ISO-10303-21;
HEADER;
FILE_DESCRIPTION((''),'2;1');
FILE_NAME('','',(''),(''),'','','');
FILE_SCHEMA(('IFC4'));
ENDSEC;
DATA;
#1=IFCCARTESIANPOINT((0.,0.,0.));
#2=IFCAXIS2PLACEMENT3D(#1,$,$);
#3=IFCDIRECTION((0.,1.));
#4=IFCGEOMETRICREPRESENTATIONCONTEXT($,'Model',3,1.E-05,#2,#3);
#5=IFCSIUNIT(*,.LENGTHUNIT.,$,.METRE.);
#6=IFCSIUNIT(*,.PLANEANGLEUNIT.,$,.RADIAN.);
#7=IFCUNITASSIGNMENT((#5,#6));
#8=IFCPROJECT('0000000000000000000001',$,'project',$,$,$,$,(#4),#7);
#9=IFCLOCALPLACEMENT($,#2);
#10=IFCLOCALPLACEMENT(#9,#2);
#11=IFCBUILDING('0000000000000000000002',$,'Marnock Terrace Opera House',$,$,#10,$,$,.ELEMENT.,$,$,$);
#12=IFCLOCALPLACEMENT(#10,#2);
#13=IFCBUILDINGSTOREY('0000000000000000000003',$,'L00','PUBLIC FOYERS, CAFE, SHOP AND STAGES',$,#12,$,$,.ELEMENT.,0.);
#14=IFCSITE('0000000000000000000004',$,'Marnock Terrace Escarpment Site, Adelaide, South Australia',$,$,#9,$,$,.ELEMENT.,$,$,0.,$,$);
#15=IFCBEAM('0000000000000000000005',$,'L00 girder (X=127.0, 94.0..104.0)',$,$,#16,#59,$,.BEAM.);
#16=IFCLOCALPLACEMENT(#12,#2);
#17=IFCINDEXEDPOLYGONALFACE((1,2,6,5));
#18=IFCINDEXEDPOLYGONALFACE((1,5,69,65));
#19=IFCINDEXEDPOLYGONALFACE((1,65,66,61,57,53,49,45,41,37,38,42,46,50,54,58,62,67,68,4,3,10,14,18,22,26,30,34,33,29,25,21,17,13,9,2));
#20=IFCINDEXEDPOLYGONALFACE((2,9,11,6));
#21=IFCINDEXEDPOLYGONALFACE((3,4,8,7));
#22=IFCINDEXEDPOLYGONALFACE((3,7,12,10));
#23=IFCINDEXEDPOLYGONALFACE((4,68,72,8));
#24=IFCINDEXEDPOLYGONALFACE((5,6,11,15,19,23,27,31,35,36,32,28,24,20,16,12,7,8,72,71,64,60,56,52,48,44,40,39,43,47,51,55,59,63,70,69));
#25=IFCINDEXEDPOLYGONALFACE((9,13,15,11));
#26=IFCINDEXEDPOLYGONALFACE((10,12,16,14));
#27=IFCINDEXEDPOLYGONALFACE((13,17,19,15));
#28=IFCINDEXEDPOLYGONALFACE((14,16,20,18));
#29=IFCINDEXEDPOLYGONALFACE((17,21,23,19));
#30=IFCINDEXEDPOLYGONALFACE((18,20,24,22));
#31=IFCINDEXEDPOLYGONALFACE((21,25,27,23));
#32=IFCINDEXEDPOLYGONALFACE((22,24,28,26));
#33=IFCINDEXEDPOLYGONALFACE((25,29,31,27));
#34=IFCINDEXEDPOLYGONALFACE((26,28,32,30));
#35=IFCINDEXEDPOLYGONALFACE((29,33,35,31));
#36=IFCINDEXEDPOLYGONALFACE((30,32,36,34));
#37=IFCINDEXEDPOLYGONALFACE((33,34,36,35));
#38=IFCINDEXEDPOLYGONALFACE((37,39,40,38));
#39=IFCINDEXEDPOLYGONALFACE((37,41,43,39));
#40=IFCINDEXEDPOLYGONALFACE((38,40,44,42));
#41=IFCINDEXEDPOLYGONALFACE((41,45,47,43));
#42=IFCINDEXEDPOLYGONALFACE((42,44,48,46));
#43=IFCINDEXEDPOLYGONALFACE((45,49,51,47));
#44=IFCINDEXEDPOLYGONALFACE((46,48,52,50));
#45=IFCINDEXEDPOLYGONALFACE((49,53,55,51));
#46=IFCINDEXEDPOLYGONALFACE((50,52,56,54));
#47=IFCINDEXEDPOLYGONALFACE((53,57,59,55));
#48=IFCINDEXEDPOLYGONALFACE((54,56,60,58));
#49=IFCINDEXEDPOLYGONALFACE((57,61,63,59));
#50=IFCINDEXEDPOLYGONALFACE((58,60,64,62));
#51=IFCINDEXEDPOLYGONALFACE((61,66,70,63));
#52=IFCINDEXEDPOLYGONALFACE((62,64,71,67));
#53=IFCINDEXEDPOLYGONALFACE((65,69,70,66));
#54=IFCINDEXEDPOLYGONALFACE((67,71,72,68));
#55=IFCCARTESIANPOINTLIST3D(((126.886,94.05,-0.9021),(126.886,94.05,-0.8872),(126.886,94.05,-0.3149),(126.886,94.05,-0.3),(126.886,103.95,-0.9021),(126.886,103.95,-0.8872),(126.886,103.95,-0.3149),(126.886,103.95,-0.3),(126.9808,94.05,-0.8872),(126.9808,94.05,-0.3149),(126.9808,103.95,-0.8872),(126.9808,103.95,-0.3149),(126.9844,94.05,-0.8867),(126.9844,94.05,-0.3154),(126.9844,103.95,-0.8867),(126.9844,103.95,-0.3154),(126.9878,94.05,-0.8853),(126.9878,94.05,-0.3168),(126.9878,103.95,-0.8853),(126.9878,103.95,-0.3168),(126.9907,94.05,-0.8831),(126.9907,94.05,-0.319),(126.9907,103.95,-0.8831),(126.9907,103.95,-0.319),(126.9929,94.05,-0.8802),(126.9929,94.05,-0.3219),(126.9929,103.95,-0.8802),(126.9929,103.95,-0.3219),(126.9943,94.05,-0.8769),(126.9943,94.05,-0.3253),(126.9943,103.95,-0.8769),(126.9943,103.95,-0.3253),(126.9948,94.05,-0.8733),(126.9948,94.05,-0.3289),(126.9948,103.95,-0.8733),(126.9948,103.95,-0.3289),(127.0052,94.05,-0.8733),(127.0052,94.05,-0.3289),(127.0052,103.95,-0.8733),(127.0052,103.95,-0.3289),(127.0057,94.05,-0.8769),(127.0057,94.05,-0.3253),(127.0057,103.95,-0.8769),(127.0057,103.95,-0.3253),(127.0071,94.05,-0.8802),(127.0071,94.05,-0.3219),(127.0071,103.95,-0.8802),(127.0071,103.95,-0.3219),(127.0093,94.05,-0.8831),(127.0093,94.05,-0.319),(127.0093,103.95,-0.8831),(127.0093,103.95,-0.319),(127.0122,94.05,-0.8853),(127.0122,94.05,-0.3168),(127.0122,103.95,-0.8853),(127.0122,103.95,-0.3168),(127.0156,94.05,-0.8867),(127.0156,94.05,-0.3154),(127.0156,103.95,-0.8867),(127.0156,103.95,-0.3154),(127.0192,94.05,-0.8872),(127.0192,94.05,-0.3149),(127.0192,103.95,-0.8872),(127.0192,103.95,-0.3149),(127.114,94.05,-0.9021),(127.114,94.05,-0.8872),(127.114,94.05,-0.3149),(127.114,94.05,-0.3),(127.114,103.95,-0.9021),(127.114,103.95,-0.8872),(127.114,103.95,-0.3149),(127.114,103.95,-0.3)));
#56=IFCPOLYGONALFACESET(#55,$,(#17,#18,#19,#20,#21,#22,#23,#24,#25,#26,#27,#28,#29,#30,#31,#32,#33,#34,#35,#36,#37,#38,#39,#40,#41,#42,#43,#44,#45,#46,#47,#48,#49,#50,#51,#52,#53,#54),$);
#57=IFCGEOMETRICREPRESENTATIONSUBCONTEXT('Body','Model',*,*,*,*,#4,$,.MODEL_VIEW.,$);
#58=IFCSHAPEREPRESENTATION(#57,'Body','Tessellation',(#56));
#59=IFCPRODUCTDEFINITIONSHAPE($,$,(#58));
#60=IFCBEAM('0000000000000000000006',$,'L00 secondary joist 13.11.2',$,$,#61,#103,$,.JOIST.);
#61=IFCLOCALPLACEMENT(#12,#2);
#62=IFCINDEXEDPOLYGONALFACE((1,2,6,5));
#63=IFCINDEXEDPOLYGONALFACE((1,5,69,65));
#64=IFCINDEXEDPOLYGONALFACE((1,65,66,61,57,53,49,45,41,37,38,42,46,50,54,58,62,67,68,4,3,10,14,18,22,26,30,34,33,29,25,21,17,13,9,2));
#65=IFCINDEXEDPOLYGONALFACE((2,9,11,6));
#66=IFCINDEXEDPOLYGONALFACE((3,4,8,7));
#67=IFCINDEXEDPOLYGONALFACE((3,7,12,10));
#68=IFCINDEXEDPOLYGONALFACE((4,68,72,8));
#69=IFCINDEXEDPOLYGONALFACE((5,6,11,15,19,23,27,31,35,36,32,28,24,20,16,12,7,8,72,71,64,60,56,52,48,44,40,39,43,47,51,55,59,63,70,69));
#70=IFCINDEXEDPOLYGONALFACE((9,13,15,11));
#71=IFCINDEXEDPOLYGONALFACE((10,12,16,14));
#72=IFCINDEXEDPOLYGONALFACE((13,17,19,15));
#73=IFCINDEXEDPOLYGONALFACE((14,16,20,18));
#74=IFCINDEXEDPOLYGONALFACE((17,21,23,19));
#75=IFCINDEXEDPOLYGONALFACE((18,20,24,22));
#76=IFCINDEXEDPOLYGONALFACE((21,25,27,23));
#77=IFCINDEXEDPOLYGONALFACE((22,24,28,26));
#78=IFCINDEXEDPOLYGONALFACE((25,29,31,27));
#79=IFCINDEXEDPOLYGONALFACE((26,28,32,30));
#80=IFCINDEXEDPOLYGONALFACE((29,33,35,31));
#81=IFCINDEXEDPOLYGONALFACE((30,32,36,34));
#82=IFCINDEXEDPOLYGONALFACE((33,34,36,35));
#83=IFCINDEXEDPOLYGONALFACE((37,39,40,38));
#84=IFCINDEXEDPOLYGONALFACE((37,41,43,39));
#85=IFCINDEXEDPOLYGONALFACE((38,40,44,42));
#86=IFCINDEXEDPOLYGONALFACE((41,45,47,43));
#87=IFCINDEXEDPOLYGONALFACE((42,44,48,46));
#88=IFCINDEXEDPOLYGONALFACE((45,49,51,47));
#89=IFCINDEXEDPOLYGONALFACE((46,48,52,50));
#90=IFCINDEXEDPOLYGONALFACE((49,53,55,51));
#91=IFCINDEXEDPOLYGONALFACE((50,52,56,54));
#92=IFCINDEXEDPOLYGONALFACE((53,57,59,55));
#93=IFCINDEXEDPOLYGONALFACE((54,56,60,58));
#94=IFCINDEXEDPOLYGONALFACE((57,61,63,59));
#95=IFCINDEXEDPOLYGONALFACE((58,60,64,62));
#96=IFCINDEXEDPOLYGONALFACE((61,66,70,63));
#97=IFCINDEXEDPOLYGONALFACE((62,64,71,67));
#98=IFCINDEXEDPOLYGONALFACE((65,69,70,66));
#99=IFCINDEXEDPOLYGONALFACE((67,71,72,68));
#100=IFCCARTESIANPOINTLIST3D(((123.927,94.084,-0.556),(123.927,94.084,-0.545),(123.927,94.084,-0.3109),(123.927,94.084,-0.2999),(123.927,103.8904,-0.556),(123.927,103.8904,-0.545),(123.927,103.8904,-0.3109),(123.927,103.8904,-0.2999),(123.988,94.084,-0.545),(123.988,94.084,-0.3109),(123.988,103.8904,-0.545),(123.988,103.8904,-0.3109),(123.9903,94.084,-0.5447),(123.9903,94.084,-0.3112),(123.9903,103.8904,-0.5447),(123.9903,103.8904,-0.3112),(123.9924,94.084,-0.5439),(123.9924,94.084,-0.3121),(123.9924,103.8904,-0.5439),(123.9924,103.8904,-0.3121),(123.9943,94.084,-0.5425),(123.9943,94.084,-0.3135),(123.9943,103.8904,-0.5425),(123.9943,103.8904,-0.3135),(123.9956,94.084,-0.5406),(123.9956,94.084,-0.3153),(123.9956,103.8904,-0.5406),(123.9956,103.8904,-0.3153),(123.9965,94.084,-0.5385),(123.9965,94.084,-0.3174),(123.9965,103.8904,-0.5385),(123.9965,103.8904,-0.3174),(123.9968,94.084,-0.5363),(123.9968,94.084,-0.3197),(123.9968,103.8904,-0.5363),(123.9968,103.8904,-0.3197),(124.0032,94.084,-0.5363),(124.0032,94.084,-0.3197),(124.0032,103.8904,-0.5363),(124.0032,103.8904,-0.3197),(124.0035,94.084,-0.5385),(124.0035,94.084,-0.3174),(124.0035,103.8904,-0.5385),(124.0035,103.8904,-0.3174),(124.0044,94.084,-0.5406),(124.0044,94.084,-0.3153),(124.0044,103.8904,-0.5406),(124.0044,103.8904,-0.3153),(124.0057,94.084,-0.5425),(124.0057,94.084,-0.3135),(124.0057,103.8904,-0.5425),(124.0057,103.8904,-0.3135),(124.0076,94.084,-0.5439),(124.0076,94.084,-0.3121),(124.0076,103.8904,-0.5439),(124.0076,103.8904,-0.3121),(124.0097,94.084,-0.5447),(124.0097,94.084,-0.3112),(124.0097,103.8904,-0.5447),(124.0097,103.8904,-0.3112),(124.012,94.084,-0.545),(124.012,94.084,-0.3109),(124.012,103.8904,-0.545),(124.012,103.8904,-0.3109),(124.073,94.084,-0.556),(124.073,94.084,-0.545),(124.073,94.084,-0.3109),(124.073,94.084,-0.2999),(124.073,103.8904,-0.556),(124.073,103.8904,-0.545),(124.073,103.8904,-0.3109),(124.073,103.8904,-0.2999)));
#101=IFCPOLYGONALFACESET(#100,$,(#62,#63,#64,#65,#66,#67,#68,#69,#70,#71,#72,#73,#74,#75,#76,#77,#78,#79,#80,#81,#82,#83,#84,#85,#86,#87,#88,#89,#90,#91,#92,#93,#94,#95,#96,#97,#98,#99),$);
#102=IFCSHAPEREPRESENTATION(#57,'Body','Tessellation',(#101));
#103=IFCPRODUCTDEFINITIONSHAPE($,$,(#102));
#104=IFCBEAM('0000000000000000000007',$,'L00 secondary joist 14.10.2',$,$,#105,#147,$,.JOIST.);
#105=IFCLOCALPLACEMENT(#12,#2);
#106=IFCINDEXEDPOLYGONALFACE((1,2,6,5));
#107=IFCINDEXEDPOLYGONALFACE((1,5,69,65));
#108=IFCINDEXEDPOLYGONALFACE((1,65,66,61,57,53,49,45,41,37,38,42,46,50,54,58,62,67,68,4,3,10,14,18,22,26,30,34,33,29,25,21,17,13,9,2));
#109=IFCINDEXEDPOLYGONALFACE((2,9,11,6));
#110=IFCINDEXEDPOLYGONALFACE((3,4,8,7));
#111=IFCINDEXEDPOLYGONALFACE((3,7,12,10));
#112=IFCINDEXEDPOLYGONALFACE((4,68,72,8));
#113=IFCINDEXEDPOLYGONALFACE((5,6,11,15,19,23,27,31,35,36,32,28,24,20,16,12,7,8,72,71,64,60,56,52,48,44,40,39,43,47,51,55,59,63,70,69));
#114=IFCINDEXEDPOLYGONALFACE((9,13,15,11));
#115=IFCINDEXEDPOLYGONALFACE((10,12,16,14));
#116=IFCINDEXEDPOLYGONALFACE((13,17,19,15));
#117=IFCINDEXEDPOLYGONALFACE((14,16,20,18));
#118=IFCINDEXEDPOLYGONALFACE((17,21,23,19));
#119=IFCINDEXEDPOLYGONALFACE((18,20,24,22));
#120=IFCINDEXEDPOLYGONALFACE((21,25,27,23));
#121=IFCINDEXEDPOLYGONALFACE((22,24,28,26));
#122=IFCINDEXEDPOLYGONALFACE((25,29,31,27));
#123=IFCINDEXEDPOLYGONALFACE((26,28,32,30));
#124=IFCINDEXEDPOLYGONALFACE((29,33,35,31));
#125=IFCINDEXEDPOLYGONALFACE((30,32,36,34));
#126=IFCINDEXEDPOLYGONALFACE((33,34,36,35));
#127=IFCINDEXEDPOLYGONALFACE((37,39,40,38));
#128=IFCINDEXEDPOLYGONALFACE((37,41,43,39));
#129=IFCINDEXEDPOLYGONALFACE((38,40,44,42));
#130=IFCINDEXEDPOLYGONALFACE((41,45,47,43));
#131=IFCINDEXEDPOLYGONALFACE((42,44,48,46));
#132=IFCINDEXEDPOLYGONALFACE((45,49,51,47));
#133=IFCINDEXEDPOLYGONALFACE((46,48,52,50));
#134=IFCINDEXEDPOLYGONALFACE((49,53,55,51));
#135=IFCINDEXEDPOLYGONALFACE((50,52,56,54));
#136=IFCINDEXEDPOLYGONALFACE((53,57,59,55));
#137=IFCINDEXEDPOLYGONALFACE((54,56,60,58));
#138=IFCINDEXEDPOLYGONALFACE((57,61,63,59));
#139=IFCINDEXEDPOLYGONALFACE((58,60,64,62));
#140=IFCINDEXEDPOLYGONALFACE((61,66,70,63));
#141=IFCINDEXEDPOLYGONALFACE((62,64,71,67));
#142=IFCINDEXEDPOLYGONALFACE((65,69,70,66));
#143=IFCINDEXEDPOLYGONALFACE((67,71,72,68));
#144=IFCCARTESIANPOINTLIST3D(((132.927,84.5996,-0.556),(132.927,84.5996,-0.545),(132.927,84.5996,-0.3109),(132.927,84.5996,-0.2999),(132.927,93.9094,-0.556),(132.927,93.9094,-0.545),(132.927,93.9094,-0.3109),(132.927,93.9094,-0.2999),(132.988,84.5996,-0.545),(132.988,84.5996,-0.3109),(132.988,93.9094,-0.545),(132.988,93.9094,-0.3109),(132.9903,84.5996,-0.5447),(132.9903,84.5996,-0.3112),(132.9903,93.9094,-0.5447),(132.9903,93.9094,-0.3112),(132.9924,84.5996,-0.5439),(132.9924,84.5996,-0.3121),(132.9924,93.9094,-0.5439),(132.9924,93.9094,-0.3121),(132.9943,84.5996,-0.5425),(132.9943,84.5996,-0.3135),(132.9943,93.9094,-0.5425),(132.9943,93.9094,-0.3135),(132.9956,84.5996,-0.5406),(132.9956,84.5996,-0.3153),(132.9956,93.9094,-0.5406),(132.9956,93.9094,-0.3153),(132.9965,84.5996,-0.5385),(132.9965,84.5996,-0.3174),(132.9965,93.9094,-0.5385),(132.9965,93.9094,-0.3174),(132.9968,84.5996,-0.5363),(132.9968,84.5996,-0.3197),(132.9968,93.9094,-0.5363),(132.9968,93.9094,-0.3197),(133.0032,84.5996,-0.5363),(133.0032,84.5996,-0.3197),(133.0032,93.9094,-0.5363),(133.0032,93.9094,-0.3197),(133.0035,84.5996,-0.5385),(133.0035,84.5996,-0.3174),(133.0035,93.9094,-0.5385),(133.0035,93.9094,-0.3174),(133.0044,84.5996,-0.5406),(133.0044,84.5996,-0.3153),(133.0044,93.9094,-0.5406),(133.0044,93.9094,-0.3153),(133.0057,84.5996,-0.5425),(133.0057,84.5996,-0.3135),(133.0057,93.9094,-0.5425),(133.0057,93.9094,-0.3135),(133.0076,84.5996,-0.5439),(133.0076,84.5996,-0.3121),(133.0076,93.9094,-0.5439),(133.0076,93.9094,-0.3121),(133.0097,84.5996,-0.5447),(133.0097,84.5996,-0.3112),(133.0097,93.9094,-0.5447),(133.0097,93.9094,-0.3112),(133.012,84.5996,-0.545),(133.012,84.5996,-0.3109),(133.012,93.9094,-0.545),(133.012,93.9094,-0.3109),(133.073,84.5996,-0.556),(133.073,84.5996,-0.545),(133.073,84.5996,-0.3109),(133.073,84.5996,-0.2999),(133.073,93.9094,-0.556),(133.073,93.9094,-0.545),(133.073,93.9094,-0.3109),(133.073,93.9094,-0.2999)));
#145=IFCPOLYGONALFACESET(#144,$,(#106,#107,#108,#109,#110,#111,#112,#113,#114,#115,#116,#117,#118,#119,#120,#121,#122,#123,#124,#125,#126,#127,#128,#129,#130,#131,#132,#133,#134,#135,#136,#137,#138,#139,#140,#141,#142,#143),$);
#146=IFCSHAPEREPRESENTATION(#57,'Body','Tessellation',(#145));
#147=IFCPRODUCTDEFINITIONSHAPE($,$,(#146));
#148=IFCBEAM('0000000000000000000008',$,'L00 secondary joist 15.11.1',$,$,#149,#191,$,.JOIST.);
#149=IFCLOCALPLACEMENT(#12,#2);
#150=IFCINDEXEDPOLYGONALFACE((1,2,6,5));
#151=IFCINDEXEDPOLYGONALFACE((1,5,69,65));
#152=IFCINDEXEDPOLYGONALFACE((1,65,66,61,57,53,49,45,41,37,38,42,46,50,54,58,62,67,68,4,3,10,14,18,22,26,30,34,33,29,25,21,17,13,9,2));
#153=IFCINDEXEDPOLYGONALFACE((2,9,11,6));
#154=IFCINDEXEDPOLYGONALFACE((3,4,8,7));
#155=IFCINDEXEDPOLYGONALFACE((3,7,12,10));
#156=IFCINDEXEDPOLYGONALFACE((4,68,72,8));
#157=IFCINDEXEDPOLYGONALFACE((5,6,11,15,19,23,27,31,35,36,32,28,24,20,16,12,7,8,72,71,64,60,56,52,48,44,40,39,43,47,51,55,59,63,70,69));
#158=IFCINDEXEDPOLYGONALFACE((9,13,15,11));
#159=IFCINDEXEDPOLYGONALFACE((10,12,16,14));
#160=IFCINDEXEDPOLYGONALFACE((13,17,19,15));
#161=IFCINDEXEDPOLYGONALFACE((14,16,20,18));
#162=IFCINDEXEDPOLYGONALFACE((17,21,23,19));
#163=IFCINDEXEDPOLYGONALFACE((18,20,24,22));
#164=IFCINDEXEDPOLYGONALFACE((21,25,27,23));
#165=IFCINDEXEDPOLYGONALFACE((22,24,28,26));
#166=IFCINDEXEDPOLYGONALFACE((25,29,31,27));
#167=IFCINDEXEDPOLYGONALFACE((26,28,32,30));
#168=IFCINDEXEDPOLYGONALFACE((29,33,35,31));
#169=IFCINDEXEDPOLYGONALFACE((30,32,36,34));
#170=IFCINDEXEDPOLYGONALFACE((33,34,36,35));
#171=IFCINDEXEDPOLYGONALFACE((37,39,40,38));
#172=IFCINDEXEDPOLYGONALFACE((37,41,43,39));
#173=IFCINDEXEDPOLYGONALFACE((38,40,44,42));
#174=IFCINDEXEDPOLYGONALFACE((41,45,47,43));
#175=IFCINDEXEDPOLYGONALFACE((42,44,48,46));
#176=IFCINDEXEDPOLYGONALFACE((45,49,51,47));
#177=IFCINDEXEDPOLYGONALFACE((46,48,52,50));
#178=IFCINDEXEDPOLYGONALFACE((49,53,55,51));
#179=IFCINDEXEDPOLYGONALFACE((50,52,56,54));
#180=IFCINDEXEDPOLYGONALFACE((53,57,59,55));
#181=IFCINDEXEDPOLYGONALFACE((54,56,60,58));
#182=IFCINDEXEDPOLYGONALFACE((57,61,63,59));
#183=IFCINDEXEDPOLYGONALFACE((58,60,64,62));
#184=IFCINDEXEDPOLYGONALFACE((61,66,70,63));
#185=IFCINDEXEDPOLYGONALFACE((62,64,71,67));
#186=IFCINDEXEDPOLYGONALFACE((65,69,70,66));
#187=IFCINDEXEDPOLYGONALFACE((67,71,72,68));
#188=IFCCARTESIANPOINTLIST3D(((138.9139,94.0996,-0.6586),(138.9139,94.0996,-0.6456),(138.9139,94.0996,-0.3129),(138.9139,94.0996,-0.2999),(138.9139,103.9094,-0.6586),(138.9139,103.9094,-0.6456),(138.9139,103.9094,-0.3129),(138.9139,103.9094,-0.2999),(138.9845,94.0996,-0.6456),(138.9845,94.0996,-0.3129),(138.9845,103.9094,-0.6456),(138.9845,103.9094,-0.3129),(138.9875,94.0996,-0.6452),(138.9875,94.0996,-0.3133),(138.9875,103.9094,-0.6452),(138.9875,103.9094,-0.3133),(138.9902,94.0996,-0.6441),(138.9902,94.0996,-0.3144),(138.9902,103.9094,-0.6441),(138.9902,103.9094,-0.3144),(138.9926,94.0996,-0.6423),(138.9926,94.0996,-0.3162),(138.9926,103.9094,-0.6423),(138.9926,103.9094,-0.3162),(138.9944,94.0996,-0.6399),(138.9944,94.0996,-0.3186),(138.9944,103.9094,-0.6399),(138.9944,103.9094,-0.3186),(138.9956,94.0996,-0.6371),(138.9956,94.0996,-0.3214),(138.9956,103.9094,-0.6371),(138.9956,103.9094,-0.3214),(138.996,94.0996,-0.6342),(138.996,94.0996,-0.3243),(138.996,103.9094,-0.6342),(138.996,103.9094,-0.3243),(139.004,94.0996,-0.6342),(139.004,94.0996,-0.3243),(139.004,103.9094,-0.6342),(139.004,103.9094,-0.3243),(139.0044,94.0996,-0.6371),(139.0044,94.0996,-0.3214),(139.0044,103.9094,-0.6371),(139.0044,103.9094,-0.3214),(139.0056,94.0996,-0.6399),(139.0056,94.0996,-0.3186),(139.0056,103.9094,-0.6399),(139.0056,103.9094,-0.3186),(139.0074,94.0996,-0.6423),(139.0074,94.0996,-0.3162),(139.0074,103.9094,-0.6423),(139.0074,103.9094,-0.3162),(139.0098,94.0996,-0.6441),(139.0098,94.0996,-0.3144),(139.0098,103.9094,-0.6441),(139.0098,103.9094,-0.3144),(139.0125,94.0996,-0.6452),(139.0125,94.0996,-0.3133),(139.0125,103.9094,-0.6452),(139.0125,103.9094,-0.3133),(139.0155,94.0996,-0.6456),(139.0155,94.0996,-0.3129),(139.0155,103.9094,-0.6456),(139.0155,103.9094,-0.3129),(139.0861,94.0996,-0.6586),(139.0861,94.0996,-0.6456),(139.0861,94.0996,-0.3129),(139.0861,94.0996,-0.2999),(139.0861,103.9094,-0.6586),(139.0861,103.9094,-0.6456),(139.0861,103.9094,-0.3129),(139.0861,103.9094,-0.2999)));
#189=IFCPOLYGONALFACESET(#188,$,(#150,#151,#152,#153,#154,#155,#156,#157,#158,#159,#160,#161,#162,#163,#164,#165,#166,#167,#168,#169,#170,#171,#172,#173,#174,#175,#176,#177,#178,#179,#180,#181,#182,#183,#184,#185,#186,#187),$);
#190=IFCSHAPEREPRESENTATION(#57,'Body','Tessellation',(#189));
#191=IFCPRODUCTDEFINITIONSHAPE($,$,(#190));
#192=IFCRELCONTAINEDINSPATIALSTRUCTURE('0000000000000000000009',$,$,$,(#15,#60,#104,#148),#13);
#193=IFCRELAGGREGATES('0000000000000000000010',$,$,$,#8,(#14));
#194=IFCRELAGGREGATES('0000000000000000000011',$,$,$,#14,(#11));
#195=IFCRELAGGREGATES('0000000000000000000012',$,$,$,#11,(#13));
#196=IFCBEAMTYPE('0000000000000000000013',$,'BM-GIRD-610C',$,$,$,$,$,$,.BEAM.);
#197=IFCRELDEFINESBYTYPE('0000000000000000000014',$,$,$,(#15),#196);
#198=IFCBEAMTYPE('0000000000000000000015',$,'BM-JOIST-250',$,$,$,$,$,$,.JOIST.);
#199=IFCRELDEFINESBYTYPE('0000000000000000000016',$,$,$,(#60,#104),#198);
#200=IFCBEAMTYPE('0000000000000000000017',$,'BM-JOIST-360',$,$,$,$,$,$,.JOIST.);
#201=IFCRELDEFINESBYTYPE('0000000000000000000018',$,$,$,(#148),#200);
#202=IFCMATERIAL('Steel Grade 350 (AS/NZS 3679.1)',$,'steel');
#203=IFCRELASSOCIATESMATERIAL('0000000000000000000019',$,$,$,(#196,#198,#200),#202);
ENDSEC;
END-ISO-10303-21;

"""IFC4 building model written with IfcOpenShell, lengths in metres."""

from ifc_helpers import new_model, si_unit, direction, frame, origin, origin_2d, place, context, subcontext, project, spatial, i_section, extrude, material, material_profile, profile_set, type_object, element, save


model = new_model("IFC4")

# Units and contexts
model_context = context("Model", 3, precision=1e-05, world=origin(), true_north=direction((0.0, 1.0)))
body_context = subcontext(model_context, "Body", "Model", "MODEL_VIEW")
ifc_project = project(units=[si_unit("LENGTHUNIT", "METRE"), si_unit("PLANEANGLEUNIT", "RADIAN")], contexts=[model_context])

# Site, building, storey
site_placement = place(None, origin())
site = spatial("IfcSite", under=ifc_project, at=site_placement, Name="Marnock Terrace Escarpment Site, Adelaide, South Australia", CompositionType="ELEMENT", RefElevation=0.0)
building_placement = place(site_placement, origin())
building = spatial("IfcBuilding", under=site, at=building_placement, Name="Marnock Terrace Opera House", CompositionType="ELEMENT")
storey_placement = place(building_placement, origin())
storey = spatial("IfcBuildingStorey", under=building, at=storey_placement, Name="L00", Description="PUBLIC FOYERS, CAFE, SHOP AND STAGES", CompositionType="ELEMENT", Elevation=0.0)

# Shared definitions
ifc_material_1 = material(Name="Steel Grade 350 (AS/NZS 3679.1)", Category="steel")

# Beams
ifc_material_profile_1 = material_profile(ifc_material_1, i_section(OverallWidth=0.228, OverallDepth=0.6021, WebThickness=0.0105, FlangeThickness=0.0149, FilletRadius=0.0139, at=origin_2d()))
ifc_profile_set_1 = profile_set([ifc_material_profile_1], Name="Steel Grade 350 (AS/NZS 3679.1)")
beam_type_1 = type_object("IfcBeamType", Name="BM-GIRD-610C", PredefinedType="BEAM", material=ifc_profile_set_1)
beam_1_placement = place(storey_placement, frame((127.0, 94.05, -0.6011), z_axis=(0.0, 1.0, 0.0), x_axis=(-1.0, 0.0, 0.0)))
element("IfcBeam", 1, at=beam_1_placement, inside=storey, type_object=beam_type_1, Name="L00 girder (X=127.0, 94.0..104.0)", PredefinedType="BEAM", context=body_context, shape_type="SweptSolid", body=[
    extrude(i_section(OverallWidth=0.228, OverallDepth=0.6021, WebThickness=0.0105, FlangeThickness=0.0149, FilletRadius=0.0139, at=origin_2d()), origin(), (0.0, 0.0, 1.0), 9.8999),
])
ifc_material_profile_2 = material_profile(ifc_material_1, i_section(OverallWidth=0.146, OverallDepth=0.2561, WebThickness=0.0063, FlangeThickness=0.011, FilletRadius=0.0088, at=origin_2d()))
ifc_profile_set_2 = profile_set([ifc_material_profile_2], Name="Steel Grade 350 (AS/NZS 3679.1)")
beam_type_2 = type_object("IfcBeamType", Name="BM-JOIST-250", PredefinedType="JOIST", material=ifc_profile_set_2)
beam_2_placement = place(storey_placement, frame((124.0, 94.084, -0.428), z_axis=(0.0, 1.0, 0.0), x_axis=(-1.0, 0.0, 0.0)))
element("IfcBeam", 2, at=beam_2_placement, inside=storey, type_object=beam_type_2, Name="L00 secondary joist 13.11.2", PredefinedType="JOIST", context=body_context, shape_type="SweptSolid", body=[
    extrude(i_section(OverallWidth=0.146, OverallDepth=0.2561, WebThickness=0.0063, FlangeThickness=0.011, FilletRadius=0.0088, at=origin_2d()), origin(), (0.0, 0.0, 1.0), 9.8064),
])
beam_3_placement = place(storey_placement, frame((133.0, 84.5996, -0.428), z_axis=(0.0, 1.0, 0.0), x_axis=(-1.0, 0.0, 0.0)))
element("IfcBeam", 3, at=beam_3_placement, inside=storey, type_object=beam_type_2, Name="L00 secondary joist 14.10.2", PredefinedType="JOIST", context=body_context, shape_type="SweptSolid", body=[
    extrude(i_section(OverallWidth=0.146, OverallDepth=0.2561, WebThickness=0.0063, FlangeThickness=0.011, FilletRadius=0.0088, at=origin_2d()), origin(), (0.0, 0.0, 1.0), 9.3098),
])
ifc_material_profile_3 = material_profile(ifc_material_1, i_section(OverallWidth=0.1721, OverallDepth=0.3586, WebThickness=0.0081, FlangeThickness=0.0129, FilletRadius=0.0115, at=origin_2d()))
ifc_profile_set_3 = profile_set([ifc_material_profile_3], Name="Steel Grade 350 (AS/NZS 3679.1)")
beam_type_3 = type_object("IfcBeamType", Name="BM-JOIST-360", PredefinedType="JOIST", material=ifc_profile_set_3)
for number, where, z_axis, x_axis, name in (
    (4, (139.0, 94.0996, -0.4792), (0.0, 1.0, 0.0), (-1.0, 0.0, 0.0), "L00 secondary joist 15.11.1"),
):
    element("IfcBeam", number, at=place(storey_placement, frame(where, z_axis=z_axis, x_axis=x_axis)), inside=storey, type_object=beam_type_3, Name=name, PredefinedType="JOIST", context=body_context, shape_type="SweptSolid", body=[
        extrude(i_section(OverallWidth=0.1721, OverallDepth=0.3586, WebThickness=0.0081, FlangeThickness=0.0129, FilletRadius=0.0115, at=origin_2d()), origin(), (0.0, 0.0, 1.0), 9.8098),
    ])

save(model, "model.ifc")
